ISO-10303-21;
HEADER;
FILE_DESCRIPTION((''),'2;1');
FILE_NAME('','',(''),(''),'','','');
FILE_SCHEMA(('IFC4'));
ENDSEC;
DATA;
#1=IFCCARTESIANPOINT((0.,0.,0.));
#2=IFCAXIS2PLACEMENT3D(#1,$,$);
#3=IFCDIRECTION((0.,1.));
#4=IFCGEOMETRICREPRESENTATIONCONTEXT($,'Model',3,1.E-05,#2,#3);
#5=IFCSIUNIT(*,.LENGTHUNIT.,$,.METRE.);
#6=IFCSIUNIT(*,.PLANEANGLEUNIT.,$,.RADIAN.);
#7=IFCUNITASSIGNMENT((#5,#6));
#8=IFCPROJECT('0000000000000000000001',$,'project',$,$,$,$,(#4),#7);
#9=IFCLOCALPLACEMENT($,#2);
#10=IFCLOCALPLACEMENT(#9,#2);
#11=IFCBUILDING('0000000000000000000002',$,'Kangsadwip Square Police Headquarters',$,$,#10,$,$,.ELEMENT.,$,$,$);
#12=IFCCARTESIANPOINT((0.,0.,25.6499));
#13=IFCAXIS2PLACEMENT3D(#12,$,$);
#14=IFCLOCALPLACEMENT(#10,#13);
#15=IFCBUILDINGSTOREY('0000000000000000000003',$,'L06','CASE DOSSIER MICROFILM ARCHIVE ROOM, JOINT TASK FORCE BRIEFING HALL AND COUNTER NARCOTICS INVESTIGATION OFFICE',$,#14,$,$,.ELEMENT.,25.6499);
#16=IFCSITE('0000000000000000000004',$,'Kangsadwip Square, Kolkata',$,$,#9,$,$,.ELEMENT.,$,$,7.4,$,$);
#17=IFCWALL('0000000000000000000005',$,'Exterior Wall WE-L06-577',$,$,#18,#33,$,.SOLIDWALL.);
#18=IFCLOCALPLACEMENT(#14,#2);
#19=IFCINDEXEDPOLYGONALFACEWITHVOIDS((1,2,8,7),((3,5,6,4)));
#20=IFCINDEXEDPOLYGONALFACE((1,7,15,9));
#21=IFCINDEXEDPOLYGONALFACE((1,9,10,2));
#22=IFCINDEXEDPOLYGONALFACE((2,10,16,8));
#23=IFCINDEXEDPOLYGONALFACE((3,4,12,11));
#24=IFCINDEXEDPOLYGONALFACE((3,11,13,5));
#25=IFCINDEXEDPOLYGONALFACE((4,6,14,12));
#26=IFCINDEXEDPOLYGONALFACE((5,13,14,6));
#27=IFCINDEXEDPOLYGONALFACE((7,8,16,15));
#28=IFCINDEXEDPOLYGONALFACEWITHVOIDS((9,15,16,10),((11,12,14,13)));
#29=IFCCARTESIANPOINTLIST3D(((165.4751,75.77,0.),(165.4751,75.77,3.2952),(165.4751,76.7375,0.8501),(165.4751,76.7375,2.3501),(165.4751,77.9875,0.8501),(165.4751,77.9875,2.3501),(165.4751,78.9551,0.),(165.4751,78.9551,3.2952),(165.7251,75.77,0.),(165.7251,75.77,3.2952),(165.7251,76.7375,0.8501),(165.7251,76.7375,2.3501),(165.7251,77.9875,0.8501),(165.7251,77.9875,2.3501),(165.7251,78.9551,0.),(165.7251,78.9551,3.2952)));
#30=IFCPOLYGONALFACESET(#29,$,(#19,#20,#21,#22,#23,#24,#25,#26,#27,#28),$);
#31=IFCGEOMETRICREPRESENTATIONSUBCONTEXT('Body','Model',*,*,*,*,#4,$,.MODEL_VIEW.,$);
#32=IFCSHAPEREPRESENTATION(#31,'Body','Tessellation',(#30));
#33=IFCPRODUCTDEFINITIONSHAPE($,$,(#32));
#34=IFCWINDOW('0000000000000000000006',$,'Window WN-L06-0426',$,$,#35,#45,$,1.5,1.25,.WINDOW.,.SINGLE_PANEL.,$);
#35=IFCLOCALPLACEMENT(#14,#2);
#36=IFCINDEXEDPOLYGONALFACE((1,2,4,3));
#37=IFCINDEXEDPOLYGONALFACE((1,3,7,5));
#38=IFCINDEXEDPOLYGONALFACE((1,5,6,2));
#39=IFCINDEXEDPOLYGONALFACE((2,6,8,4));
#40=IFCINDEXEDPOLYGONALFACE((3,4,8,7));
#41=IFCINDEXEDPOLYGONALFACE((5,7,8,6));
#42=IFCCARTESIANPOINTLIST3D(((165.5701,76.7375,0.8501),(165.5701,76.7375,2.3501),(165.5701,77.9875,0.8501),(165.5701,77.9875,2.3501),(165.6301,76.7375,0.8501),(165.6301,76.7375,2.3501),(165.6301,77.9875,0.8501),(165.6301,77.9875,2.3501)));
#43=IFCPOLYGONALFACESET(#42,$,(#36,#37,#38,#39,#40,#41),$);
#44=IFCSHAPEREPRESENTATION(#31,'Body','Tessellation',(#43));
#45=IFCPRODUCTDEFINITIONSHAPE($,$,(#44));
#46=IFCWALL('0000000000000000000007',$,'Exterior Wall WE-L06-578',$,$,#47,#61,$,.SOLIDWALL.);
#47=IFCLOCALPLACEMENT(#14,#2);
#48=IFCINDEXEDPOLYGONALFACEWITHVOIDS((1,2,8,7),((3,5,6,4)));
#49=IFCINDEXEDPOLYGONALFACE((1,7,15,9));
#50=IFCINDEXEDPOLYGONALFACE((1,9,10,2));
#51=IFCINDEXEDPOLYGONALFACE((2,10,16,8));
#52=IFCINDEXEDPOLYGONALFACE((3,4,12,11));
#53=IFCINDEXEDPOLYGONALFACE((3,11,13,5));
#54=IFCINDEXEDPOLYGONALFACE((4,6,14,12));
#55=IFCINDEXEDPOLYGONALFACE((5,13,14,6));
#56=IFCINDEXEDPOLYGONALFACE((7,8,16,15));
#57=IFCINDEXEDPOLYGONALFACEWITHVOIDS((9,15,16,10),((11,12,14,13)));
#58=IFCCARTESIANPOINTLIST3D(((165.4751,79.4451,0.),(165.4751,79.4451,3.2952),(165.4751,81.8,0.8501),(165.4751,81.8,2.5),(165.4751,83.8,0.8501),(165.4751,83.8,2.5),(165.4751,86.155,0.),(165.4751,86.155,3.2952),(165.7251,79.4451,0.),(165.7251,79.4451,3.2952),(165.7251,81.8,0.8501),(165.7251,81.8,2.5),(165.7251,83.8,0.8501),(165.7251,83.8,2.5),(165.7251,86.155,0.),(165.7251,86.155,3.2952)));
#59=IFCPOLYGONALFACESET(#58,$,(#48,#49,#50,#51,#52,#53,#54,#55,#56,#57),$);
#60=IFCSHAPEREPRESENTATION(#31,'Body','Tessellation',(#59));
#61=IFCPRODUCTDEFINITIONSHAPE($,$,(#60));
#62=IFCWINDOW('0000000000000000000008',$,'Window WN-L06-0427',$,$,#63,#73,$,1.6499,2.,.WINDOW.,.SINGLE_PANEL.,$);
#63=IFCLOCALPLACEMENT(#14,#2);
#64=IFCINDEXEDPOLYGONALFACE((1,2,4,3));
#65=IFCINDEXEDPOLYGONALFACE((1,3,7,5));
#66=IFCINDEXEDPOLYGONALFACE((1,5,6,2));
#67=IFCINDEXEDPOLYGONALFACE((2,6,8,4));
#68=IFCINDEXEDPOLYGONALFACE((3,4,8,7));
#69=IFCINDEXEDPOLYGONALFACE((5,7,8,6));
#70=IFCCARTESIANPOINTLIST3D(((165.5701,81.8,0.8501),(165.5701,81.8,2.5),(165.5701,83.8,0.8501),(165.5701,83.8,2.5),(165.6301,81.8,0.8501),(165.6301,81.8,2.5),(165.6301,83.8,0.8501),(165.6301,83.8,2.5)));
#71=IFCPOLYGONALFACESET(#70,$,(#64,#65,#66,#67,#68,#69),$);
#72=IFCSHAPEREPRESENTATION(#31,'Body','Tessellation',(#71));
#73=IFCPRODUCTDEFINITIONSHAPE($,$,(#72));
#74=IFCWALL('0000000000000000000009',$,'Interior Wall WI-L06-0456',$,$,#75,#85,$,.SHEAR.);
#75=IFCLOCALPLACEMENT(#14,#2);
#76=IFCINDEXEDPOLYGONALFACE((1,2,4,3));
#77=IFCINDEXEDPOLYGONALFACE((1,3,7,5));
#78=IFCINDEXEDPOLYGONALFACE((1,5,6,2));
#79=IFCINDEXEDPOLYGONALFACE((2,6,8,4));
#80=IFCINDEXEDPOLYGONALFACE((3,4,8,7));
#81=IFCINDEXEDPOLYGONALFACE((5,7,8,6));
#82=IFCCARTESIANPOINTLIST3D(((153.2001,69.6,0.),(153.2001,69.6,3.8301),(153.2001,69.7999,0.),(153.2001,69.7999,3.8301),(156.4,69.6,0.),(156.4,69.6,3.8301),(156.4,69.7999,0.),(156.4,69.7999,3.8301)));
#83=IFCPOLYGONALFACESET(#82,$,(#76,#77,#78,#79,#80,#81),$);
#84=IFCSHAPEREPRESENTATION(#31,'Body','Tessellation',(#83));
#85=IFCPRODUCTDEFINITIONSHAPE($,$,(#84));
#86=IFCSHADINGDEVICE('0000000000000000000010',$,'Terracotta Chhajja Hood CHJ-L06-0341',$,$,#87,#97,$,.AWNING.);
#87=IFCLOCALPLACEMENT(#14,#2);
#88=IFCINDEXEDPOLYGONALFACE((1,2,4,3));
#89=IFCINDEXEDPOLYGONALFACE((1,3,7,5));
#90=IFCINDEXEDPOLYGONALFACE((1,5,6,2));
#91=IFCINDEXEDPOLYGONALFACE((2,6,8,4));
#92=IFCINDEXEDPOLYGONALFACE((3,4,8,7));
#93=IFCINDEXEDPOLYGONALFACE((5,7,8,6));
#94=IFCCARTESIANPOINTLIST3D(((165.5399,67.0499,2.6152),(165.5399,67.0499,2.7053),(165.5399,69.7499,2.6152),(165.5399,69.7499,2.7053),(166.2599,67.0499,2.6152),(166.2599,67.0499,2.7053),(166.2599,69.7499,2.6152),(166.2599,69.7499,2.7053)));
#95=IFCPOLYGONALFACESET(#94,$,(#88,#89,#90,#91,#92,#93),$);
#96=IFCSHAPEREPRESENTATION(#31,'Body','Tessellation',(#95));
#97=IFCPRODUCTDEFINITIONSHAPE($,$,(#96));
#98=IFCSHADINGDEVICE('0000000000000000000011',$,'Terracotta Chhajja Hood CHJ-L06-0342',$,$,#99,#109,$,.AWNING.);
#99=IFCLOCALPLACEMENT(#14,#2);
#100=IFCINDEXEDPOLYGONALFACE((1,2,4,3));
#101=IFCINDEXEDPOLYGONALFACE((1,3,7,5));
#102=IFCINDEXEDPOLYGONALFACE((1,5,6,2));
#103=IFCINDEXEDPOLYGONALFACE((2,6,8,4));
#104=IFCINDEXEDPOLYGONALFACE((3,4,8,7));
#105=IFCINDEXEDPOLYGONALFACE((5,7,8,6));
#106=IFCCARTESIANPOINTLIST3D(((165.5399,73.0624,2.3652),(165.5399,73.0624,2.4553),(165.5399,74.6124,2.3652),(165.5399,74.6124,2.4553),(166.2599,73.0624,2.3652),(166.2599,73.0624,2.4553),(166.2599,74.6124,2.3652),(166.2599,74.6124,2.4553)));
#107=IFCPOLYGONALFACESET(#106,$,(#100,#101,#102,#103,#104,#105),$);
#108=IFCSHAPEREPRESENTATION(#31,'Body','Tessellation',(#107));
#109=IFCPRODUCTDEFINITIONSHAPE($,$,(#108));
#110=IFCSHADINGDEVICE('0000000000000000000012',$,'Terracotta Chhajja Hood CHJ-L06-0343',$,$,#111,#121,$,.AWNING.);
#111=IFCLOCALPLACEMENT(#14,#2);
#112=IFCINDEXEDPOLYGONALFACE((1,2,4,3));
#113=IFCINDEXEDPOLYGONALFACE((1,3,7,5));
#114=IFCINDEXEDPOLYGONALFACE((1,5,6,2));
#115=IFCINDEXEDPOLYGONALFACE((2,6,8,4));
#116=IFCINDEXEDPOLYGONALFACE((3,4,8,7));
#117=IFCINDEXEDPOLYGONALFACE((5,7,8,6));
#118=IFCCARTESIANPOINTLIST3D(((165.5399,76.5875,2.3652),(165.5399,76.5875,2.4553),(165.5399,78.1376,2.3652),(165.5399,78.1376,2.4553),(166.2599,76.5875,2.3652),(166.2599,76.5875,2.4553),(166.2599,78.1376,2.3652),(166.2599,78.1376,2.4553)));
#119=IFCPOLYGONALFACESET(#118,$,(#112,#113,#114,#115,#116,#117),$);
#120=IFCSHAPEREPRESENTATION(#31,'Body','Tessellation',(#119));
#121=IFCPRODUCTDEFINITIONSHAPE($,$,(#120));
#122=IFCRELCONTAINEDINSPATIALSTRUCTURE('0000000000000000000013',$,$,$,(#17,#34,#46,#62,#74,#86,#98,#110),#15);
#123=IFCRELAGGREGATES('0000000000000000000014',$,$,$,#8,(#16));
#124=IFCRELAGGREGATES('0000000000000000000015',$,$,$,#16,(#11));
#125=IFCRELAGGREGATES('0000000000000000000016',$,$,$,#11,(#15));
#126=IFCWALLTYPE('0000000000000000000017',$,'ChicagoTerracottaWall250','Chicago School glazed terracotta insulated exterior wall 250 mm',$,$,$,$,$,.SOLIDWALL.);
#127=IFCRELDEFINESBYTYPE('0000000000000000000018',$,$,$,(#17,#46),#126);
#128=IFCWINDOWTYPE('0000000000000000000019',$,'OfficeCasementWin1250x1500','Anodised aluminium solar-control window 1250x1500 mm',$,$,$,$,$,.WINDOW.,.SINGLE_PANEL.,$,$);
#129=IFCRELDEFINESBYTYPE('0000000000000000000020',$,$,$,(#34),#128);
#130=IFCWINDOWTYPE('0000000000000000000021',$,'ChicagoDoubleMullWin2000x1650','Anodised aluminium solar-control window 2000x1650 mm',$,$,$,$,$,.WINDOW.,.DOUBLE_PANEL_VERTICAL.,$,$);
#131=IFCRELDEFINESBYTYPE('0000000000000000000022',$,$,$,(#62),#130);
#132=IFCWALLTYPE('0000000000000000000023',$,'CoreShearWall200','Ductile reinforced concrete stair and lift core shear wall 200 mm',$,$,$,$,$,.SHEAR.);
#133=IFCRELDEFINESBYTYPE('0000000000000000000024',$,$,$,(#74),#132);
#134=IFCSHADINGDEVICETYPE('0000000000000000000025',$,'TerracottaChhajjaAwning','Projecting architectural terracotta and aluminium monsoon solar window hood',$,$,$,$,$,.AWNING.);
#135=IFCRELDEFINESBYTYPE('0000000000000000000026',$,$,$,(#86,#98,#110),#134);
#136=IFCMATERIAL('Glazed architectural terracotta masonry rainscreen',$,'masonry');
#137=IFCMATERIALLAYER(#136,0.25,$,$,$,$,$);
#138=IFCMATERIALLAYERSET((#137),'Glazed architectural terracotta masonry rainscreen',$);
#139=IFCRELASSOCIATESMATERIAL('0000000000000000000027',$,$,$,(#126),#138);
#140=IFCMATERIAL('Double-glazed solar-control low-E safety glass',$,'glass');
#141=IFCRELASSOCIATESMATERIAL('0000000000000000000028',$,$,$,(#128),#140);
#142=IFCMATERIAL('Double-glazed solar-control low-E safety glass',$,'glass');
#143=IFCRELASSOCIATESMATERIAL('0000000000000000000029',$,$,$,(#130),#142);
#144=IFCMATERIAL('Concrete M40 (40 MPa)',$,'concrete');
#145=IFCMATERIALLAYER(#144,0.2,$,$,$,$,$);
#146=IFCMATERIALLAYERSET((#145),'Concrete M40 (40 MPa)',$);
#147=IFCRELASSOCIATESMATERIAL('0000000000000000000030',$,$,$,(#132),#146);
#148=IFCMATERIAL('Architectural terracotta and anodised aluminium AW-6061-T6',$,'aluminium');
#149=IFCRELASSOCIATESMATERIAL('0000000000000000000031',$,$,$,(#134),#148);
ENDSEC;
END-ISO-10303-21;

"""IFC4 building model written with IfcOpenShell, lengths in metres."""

from ifc_helpers import new_model, si_unit, direction, frame, frame_2d, origin, origin_2d, place, context, subcontext, project, spatial, rectangle, extrude, material, layer, layer_set, type_object, element, fill, save


model = new_model("IFC4")

# Units and contexts
model_context = context("Model", 3, precision=1e-05, world=origin(), true_north=direction((0.0, 1.0)))
body_context = subcontext(model_context, "Body", "Model", "MODEL_VIEW")
ifc_project = project(units=[si_unit("LENGTHUNIT", "METRE"), si_unit("PLANEANGLEUNIT", "RADIAN")], contexts=[model_context])

# Site, building, storey
site_placement = place(None, origin())
site = spatial("IfcSite", under=ifc_project, at=site_placement, Name="Kangsadwip Square, Kolkata", CompositionType="ELEMENT", RefElevation=7.4)
building_placement = place(site_placement, origin())
building = spatial("IfcBuilding", under=site, at=building_placement, Name="Kangsadwip Square Police Headquarters", CompositionType="ELEMENT")
storey_placement = place(building_placement, frame((0.0, 0.0, 25.6499)))
storey = spatial("IfcBuildingStorey", under=building, at=storey_placement, Name="L06", Description="CASE DOSSIER MICROFILM ARCHIVE ROOM, JOINT TASK FORCE BRIEFING HALL AND COUNTER NARCOTICS INVESTIGATION OFFICE", CompositionType="ELEMENT", Elevation=25.6499)

# Walls, openings, windows
ifc_material_1 = material(Name="Glazed architectural terracotta masonry rainscreen", Category="masonry")
ifc_layer_1 = layer(ifc_material_1, 0.25)
ifc_layer_set_1 = layer_set([ifc_layer_1], Name="Glazed architectural terracotta masonry rainscreen")
wall_type_1 = type_object("IfcWallType", Name="ChicagoTerracottaWall250", Description="Chicago School glazed terracotta insulated exterior wall 250 mm", PredefinedType="SOLIDWALL", material=ifc_layer_set_1)
ifc_material_2 = material(Name="Double-glazed solar-control low-E safety glass", Category="glass")
window_type_1 = type_object("IfcWindowType", Name="OfficeCasementWin1250x1500", Description="Anodised aluminium solar-control window 1250x1500 mm", PartitioningType="SINGLE_PANEL", PredefinedType="WINDOW", material=ifc_material_2)
wall_1_placement = place(storey_placement, frame((165.6001, 75.77, 0.0), z_axis=(0.0, 0.0, 1.0), x_axis=(0.0, 1.0, 0.0)))
wall_1 = element("IfcWall", 1, at=wall_1_placement, inside=storey, type_object=wall_type_1, Name="Exterior Wall WE-L06-577", PredefinedType="SOLIDWALL", context=body_context, shape_type="SweptSolid", body=[
    extrude(rectangle(XDim=3.1851, YDim=0.25, at=frame_2d((1.5925, 0.0))), origin(), (0.0, 0.0, 1.0), 3.2952),
])
opening_1_placement = place(wall_1_placement, frame((0.9675, 0.0, 0.8501)))
opening_1 = element("IfcOpeningElement", 2, at=opening_1_placement, cuts=wall_1, PredefinedType="OPENING", context=body_context, shape_type="SweptSolid", body=[
    extrude(rectangle(XDim=1.25, YDim=1.5, at=frame_2d((0.625, 0.75))), frame((0.0, 0.135, 0.0), z_axis=(0.0, -1.0, 0.0), x_axis=(1.0, 0.0, 0.0)), (0.0, 0.0, 1.0), 0.27),
])
window_1_placement = place(opening_1_placement, origin())
window_1 = element("IfcWindow", 3, at=window_1_placement, inside=storey, type_object=window_type_1, Name="Window WN-L06-0426", OverallHeight=1.5, OverallWidth=1.25, PartitioningType="SINGLE_PANEL", PredefinedType="WINDOW", context=body_context, shape_type="SweptSolid", body=[
    extrude(rectangle(XDim=1.25, YDim=1.5, at=frame_2d((0.625, 0.75))), frame((0.0, 0.03, 0.0), z_axis=(0.0, -1.0, 0.0), x_axis=(1.0, 0.0, 0.0)), (0.0, 0.0, 1.0), 0.0601),
])
fill(opening_1, window_1)
wall_2_placement = place(storey_placement, frame((165.6001, 79.4451, 0.0), z_axis=(0.0, 0.0, 1.0), x_axis=(0.0, 1.0, 0.0)))
wall_2 = element("IfcWall", 4, at=wall_2_placement, inside=storey, type_object=wall_type_1, Name="Exterior Wall WE-L06-578", PredefinedType="SOLIDWALL", context=body_context, shape_type="SweptSolid", body=[
    extrude(rectangle(XDim=6.71, YDim=0.25, at=frame_2d((3.355, 0.0))), origin(), (0.0, 0.0, 1.0), 3.2952),
])
opening_2_placement = place(wall_2_placement, frame((2.355, 0.0, 0.8501)))
opening_2 = element("IfcOpeningElement", 5, at=opening_2_placement, cuts=wall_2, PredefinedType="OPENING", context=body_context, shape_type="SweptSolid", body=[
    extrude(rectangle(XDim=2.0, YDim=1.6499, at=frame_2d((1.0, 0.825))), frame((0.0, 0.135, 0.0), z_axis=(0.0, -1.0, 0.0), x_axis=(1.0, 0.0, 0.0)), (0.0, 0.0, 1.0), 0.27),
])
ifc_material_3 = material(Name="Double-glazed solar-control low-E safety glass", Category="glass")
window_type_2 = type_object("IfcWindowType", Name="ChicagoDoubleMullWin2000x1650", Description="Anodised aluminium solar-control window 2000x1650 mm", PartitioningType="DOUBLE_PANEL_VERTICAL", PredefinedType="WINDOW", material=ifc_material_3)
window_2_placement = place(opening_2_placement, origin())
window_2 = element("IfcWindow", 6, at=window_2_placement, inside=storey, type_object=window_type_2, Name="Window WN-L06-0427", OverallHeight=1.6499, OverallWidth=2.0, PartitioningType="SINGLE_PANEL", PredefinedType="WINDOW", context=body_context, shape_type="SweptSolid", body=[
    extrude(rectangle(XDim=2.0, YDim=1.6499, at=frame_2d((1.0, 0.825))), frame((0.0, 0.03, 0.0), z_axis=(0.0, -1.0, 0.0), x_axis=(1.0, 0.0, 0.0)), (0.0, 0.0, 1.0), 0.0601),
])
fill(opening_2, window_2)

# Wall
ifc_material_4 = material(Name="Concrete M40 (40 MPa)", Category="concrete")
ifc_layer_2 = layer(ifc_material_4, 0.2)
ifc_layer_set_2 = layer_set([ifc_layer_2], Name="Concrete M40 (40 MPa)")
wall_type_2 = type_object("IfcWallType", Name="CoreShearWall200", Description="Ductile reinforced concrete stair and lift core shear wall 200 mm", PredefinedType="SHEAR", material=ifc_layer_set_2)
wall_3_placement = place(storey_placement, frame((153.2, 69.7, 0.0), z_axis=(0.0, 0.0, 1.0), x_axis=(1.0, 0.0, 0.0)))
element("IfcWall", 7, at=wall_3_placement, inside=storey, type_object=wall_type_2, Name="Interior Wall WI-L06-0456", PredefinedType="SHEAR", context=body_context, shape_type="SweptSolid", body=[
    extrude(rectangle(XDim=3.2, YDim=0.2, at=frame_2d((1.6001, 0.0))), origin(), (0.0, 0.0, 1.0), 3.8301),
])

# Shading devices
ifc_material_5 = material(Name="Architectural terracotta and anodised aluminium AW-6061-T6", Category="aluminium")
shading_device_type = type_object("IfcShadingDeviceType", Name="TerracottaChhajjaAwning", Description="Projecting architectural terracotta and aluminium monsoon solar window hood", PredefinedType="AWNING", material=ifc_material_5)
shading_device_placement = place(storey_placement, frame((165.8999, 68.3999, 2.6152), z_axis=(0.0, 0.0, 1.0), x_axis=(0.0, 1.0, 0.0)))
element("IfcShadingDevice", 8, at=shading_device_placement, inside=storey, type_object=shading_device_type, Name="Terracotta Chhajja Hood CHJ-L06-0341", PredefinedType="AWNING", context=body_context, shape_type="SweptSolid", body=[
    extrude(rectangle(XDim=2.7, YDim=0.72, at=origin_2d()), origin(), (0.0, 0.0, 1.0), 0.0901),
])
for number, where, z_axis, x_axis, name in (
    (9, (165.8999, 73.8374, 2.3652), (0.0, 0.0, 1.0), (0.0, 1.0, 0.0), "Terracotta Chhajja Hood CHJ-L06-0342"),
    (10, (165.8999, 77.3625, 2.3652), (0.0, 0.0, 1.0), (0.0, 1.0, 0.0), "Terracotta Chhajja Hood CHJ-L06-0343"),
):
    element("IfcShadingDevice", number, at=place(storey_placement, frame(where, z_axis=z_axis, x_axis=x_axis)), inside=storey, type_object=shading_device_type, Name=name, PredefinedType="AWNING", context=body_context, shape_type="SweptSolid", body=[
        extrude(rectangle(XDim=1.55, YDim=0.72, at=origin_2d()), origin(), (0.0, 0.0, 1.0), 0.0901),
    ])

save(model, "model.ifc")
